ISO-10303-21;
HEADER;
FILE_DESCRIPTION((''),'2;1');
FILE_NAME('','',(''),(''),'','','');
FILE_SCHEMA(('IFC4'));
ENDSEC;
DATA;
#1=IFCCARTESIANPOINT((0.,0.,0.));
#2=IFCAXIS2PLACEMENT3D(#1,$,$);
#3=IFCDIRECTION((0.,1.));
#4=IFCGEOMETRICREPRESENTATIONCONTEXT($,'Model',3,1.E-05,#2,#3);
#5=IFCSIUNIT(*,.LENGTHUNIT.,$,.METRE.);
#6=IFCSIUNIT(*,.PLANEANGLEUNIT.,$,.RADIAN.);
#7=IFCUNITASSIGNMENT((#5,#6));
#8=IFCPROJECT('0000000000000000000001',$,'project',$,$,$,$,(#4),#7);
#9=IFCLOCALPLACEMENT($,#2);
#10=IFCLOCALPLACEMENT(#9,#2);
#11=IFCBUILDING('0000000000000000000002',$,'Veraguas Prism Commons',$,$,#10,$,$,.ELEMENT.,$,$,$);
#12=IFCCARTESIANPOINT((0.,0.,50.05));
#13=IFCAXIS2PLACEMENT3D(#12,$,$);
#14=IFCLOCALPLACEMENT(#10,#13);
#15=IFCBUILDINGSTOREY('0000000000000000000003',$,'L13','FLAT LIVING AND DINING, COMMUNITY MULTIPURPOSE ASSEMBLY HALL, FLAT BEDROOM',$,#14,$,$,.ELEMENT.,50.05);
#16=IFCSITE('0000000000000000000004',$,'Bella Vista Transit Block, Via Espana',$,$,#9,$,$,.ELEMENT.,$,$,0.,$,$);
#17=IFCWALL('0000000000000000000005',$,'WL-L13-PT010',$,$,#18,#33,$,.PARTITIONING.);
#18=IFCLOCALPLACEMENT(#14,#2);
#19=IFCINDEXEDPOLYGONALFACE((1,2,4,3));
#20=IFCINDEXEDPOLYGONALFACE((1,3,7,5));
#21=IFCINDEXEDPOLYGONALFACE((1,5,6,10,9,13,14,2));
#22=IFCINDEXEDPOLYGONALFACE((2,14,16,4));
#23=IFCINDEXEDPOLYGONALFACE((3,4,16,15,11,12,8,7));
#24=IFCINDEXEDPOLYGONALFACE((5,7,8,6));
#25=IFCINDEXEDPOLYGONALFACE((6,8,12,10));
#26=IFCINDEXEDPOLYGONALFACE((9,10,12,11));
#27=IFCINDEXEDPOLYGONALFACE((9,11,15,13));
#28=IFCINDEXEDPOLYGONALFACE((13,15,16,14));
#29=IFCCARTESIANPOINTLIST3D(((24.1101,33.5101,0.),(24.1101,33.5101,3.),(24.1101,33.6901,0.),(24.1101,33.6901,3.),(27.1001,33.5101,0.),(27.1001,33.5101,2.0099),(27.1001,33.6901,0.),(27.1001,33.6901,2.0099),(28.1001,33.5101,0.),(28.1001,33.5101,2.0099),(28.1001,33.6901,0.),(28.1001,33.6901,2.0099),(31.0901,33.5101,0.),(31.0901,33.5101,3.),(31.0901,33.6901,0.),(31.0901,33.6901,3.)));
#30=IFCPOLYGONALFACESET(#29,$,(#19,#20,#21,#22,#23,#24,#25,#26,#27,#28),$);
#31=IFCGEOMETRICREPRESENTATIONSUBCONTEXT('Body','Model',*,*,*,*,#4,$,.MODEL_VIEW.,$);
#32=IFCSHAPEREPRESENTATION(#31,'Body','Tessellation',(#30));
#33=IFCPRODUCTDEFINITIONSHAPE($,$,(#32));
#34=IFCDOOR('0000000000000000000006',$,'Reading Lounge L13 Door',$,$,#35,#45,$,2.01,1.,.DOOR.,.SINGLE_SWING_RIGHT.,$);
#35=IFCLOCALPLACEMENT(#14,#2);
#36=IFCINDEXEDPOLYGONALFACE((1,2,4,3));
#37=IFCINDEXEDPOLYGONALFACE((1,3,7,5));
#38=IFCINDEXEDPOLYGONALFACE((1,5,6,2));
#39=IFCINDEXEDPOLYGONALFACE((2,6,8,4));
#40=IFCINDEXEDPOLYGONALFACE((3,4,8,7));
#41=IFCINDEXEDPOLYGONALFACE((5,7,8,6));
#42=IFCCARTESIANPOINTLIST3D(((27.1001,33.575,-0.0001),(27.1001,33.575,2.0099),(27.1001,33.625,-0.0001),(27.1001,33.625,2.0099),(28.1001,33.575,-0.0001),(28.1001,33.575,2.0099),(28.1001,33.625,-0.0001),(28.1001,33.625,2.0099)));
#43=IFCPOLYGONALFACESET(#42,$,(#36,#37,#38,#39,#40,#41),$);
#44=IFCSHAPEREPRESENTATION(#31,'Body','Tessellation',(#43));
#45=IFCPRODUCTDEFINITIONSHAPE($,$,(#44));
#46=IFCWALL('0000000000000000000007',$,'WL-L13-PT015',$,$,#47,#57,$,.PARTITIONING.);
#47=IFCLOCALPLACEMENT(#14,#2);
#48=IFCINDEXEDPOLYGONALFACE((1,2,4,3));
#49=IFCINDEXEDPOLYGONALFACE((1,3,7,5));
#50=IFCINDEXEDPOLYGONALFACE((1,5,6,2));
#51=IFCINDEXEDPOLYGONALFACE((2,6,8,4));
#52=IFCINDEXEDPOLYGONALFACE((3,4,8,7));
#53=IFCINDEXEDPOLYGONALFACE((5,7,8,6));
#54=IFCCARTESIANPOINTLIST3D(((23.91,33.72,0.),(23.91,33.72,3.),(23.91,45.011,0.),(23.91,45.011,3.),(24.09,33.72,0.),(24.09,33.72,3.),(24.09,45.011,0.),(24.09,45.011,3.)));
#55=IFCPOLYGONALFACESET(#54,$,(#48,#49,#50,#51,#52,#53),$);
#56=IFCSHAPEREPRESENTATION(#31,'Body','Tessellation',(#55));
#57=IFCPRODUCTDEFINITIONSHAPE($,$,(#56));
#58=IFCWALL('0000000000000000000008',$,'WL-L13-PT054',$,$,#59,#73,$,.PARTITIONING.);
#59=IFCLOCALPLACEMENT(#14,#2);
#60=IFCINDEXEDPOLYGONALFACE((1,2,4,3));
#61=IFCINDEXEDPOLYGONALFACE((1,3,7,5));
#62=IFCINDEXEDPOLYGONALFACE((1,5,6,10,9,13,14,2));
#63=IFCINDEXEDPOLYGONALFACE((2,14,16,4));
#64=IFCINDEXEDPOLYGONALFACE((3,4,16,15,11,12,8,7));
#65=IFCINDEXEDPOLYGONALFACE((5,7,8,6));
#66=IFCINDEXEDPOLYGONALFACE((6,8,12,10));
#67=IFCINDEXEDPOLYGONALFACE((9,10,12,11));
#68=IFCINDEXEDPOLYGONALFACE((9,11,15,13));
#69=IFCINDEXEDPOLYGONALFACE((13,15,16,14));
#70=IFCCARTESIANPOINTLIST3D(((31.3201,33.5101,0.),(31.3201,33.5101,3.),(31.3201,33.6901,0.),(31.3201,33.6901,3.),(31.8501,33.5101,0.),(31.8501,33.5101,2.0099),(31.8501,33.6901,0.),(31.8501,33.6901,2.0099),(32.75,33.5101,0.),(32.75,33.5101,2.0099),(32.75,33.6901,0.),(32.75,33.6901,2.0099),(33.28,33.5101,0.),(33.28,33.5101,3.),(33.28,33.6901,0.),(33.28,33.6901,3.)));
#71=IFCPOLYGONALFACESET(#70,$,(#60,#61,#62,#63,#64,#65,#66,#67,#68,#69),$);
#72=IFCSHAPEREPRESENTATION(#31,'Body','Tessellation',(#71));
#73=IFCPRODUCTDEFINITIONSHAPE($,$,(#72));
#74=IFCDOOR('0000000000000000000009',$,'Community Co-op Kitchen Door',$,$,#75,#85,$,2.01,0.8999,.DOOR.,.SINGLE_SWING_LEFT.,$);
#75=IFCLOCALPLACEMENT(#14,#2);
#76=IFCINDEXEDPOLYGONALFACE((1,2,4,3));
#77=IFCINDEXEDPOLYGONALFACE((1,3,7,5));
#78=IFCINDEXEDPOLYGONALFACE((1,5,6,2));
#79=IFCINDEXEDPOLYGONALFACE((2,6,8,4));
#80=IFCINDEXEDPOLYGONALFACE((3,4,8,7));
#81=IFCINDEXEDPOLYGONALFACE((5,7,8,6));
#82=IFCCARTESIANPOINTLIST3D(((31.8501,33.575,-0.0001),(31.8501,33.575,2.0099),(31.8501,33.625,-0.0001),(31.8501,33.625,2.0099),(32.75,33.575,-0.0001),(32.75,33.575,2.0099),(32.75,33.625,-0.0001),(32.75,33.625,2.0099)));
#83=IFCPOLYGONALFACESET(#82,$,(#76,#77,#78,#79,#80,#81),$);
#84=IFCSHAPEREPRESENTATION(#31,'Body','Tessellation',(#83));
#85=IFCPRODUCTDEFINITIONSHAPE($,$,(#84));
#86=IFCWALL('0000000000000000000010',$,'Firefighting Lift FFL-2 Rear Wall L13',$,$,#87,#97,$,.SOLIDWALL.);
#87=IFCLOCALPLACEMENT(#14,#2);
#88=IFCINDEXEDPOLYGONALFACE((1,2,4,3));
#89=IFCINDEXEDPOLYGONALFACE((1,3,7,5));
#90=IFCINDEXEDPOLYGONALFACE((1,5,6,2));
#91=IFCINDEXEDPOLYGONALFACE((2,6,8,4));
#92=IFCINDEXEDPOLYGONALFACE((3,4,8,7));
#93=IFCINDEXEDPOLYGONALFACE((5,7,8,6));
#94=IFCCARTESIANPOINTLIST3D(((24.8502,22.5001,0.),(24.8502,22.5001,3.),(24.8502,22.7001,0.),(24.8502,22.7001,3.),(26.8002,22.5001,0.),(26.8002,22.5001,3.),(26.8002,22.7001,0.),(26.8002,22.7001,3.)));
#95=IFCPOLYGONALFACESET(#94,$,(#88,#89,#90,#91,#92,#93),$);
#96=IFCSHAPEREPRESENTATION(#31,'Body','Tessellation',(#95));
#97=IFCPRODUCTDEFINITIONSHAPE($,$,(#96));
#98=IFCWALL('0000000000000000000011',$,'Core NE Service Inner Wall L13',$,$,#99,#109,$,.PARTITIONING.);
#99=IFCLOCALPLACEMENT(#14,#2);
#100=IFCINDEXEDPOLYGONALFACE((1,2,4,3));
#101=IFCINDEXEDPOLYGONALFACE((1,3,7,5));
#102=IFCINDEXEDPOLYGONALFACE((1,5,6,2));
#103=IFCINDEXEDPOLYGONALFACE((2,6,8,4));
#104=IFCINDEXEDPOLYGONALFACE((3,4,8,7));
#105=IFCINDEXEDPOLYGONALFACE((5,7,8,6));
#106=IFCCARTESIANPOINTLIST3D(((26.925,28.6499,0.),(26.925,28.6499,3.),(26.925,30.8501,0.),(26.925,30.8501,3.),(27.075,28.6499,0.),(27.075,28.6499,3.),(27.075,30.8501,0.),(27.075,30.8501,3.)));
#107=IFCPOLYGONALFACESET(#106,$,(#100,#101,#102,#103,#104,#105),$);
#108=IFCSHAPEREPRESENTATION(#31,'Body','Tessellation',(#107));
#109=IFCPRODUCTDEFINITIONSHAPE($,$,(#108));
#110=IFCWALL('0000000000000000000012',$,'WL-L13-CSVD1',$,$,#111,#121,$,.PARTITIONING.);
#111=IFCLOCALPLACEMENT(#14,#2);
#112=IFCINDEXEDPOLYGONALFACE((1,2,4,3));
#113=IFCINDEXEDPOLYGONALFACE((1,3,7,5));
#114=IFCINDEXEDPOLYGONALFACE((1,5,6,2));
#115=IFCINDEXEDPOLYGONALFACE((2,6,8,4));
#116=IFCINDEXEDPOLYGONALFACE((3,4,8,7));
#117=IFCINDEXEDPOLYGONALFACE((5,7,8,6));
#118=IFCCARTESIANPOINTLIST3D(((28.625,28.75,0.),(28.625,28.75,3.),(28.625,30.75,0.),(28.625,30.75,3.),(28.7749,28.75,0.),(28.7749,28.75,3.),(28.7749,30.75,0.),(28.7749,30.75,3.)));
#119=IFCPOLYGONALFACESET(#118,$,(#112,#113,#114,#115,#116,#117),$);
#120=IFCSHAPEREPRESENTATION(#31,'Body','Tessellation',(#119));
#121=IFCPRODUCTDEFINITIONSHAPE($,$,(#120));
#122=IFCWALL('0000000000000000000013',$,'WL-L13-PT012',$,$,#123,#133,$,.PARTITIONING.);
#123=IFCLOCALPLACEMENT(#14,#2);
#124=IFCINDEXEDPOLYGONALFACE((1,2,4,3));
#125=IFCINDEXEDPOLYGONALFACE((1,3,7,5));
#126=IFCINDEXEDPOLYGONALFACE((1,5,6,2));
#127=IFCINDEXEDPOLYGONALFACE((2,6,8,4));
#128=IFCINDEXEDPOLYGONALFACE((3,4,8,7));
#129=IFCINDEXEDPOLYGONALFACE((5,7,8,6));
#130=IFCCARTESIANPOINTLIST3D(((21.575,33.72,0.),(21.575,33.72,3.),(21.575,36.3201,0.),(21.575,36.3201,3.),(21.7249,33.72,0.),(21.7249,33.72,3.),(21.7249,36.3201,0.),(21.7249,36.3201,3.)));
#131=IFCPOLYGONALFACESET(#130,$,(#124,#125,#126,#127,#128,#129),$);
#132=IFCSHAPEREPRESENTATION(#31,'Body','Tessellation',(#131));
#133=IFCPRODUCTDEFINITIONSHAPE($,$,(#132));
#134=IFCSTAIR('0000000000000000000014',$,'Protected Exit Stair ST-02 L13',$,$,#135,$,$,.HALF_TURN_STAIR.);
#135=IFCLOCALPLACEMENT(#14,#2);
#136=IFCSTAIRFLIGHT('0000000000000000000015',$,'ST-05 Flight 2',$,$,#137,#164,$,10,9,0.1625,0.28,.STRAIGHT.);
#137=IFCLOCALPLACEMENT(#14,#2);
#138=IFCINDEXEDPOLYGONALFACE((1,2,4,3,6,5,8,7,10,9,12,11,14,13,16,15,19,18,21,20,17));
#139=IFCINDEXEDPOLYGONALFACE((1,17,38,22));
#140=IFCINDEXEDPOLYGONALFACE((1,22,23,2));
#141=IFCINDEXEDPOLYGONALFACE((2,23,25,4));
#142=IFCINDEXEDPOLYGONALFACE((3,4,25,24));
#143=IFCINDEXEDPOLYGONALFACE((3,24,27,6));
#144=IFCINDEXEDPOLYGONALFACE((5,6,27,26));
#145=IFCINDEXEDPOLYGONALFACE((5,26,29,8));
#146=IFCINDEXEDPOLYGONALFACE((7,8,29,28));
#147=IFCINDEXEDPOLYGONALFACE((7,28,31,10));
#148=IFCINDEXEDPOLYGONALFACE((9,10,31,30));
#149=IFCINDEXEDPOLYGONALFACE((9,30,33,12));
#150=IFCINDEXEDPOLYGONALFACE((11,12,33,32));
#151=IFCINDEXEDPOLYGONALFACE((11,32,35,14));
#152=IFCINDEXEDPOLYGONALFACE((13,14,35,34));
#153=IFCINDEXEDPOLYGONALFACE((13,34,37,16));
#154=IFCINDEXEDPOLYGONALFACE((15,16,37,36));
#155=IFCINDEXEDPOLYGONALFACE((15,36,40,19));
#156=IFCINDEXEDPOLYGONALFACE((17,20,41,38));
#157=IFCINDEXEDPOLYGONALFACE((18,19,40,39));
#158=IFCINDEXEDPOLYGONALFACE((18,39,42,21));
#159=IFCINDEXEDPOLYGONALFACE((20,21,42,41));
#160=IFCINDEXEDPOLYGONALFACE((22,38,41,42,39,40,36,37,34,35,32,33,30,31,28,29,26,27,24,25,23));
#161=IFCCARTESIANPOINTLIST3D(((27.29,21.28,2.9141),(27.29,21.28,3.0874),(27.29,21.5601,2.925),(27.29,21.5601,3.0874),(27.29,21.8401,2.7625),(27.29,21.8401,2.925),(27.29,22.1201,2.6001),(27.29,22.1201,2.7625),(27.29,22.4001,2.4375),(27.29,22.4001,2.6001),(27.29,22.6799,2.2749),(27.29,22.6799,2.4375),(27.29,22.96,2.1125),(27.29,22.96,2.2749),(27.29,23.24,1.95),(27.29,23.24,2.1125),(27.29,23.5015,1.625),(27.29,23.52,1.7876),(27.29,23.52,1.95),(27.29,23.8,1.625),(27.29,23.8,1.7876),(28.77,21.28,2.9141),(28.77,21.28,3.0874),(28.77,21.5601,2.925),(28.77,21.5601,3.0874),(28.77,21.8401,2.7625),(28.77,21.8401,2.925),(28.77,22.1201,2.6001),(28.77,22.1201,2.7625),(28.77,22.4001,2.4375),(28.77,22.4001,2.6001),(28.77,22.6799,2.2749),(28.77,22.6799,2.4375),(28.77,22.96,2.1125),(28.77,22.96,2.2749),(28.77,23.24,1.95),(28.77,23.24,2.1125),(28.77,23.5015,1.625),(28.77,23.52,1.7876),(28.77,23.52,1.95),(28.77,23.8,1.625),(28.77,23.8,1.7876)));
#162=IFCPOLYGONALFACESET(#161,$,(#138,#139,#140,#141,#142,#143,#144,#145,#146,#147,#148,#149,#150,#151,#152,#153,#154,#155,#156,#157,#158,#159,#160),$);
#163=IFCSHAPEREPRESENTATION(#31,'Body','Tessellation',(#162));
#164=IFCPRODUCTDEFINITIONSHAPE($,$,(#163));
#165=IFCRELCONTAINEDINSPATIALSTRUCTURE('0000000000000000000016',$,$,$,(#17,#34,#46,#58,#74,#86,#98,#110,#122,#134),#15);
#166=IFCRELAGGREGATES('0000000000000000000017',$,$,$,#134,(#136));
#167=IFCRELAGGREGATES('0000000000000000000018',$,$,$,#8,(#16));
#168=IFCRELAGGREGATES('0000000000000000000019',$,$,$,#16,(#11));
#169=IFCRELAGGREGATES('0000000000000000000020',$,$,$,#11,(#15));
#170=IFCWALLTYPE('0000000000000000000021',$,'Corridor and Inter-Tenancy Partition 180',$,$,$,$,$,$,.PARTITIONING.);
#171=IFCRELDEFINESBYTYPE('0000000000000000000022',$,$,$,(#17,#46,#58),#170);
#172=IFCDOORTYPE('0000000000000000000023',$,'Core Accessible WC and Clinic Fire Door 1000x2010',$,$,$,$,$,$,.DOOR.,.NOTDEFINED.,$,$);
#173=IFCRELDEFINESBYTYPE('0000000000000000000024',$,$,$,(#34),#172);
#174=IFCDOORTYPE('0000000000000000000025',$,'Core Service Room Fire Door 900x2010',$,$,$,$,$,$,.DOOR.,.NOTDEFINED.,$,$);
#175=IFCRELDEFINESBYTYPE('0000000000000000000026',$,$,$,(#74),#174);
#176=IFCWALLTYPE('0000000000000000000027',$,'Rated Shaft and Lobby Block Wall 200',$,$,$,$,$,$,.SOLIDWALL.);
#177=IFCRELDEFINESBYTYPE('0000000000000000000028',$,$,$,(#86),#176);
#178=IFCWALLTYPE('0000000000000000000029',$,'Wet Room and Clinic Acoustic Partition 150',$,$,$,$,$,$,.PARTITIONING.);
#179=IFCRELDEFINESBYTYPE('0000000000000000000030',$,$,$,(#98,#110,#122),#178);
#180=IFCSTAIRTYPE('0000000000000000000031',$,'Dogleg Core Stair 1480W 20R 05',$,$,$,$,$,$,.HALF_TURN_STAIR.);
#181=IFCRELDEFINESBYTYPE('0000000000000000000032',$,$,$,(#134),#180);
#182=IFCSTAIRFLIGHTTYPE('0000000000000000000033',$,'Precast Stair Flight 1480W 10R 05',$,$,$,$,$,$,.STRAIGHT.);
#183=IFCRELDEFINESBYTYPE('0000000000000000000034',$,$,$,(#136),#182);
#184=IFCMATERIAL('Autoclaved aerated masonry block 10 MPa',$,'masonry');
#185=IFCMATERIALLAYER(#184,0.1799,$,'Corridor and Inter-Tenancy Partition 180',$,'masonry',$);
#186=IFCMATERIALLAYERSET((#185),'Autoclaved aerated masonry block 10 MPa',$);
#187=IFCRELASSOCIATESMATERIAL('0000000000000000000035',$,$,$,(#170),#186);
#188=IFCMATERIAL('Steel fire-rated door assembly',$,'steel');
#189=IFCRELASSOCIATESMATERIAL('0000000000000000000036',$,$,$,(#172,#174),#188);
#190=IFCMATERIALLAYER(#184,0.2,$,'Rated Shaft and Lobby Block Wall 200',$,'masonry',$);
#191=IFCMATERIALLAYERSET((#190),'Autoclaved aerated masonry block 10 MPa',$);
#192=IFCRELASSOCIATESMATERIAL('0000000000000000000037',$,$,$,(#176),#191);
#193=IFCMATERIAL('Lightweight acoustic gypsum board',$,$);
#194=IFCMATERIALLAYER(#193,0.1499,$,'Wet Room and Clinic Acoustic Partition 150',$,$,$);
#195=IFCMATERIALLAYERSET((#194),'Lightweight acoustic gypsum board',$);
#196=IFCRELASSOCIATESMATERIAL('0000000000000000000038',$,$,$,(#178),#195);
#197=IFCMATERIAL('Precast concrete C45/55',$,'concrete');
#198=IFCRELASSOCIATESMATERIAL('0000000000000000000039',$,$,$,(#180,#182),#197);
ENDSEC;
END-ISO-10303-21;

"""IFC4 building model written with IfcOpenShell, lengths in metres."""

from ifc_helpers import new_model, si_unit, direction, frame, frame_2d, origin, place, context, subcontext, project, spatial, polyline, rectangle, outline, extrude, source, transform, mapped, material, layer, layer_set, type_object, element, fill, aggregate, save


model = new_model("IFC4")

# Units and contexts
model_context = context("Model", 3, precision=1e-05, world=origin(), true_north=direction((0.0, 1.0)))
body_context = subcontext(model_context, "Body", "Model", "MODEL_VIEW")
ifc_project = project(units=[si_unit("LENGTHUNIT", "METRE"), si_unit("PLANEANGLEUNIT", "RADIAN")], contexts=[model_context])

# Site, building, storey
site_placement = place(None, origin())
site = spatial("IfcSite", under=ifc_project, at=site_placement, Name="Bella Vista Transit Block, Via Espana", CompositionType="ELEMENT", RefElevation=0.0)
building_placement = place(site_placement, origin())
building = spatial("IfcBuilding", under=site, at=building_placement, Name="Veraguas Prism Commons", CompositionType="ELEMENT")
storey_placement = place(building_placement, frame((0.0, 0.0, 50.05)))
storey = spatial("IfcBuildingStorey", under=building, at=storey_placement, Name="L13", Description="FLAT LIVING AND DINING, COMMUNITY MULTIPURPOSE ASSEMBLY HALL, FLAT BEDROOM", CompositionType="ELEMENT", Elevation=50.05)

# Shared definitions
ifc_material_1 = material(Name="Steel fire-rated door assembly", Category="steel")

# Shared definitions
ifc_material_2 = material(Name="Autoclaved aerated masonry block 10 MPa", Category="masonry")
ifc_layer_1 = layer(ifc_material_2, 0.1799, Name="Corridor and Inter-Tenancy Partition 180", Category="masonry")
ifc_layer_set_1 = layer_set([ifc_layer_1], Name="Autoclaved aerated masonry block 10 MPa")
wall_type_1 = type_object("IfcWallType", Name="Corridor and Inter-Tenancy Partition 180", PredefinedType="PARTITIONING", material=ifc_layer_set_1)

# Wall, opening, door
door_type_1 = type_object("IfcDoorType", Name="Core Accessible WC and Clinic Fire Door 1000x2010", OperationType="NOTDEFINED", PredefinedType="DOOR", material=ifc_material_1)
shared_shape_1 = source(origin(), body_context, "Body", "SweptSolid", [
    extrude(rectangle(XDim=1.0, YDim=2.01, at=frame_2d((0.5, 1.0049))), frame((0.0, 0.0249, 0.0), z_axis=(0.0, -1.0, 0.0), x_axis=(1.0, 0.0, 0.0)), (0.0, 0.0, 1.0), 0.05),
])
wall_1_placement = place(storey_placement, frame((24.1101, 33.6001, 0.0), z_axis=(0.0, 0.0, 1.0), x_axis=(1.0, 0.0, 0.0)))
wall_1 = element("IfcWall", 1, at=wall_1_placement, inside=storey, type_object=wall_type_1, Name="WL-L13-PT010", PredefinedType="PARTITIONING", context=body_context, shape_type="SweptSolid", body=[
    extrude(rectangle(XDim=6.98, YDim=0.1799, at=frame_2d((3.49, 0.0))), origin(), (0.0, 0.0, 1.0), 3.0),
])
opening_1_placement = place(wall_1_placement, frame((2.99, 0.0, 0.0)))
opening_1 = element("IfcOpeningElement", 2, at=opening_1_placement, cuts=wall_1, PredefinedType="OPENING", context=body_context, shape_type="SweptSolid", body=[
    extrude(rectangle(XDim=1.0, YDim=2.01, at=frame_2d((0.5, 1.0049))), frame((0.0, 0.0999, 0.0), z_axis=(0.0, -1.0, 0.0), x_axis=(1.0, 0.0, 0.0)), (0.0, 0.0, 1.0), 0.2),
])
door_1_placement = place(opening_1_placement, origin())
door_1 = element("IfcDoor", 3, at=door_1_placement, inside=storey, type_object=door_type_1, Name="Reading Lounge L13 Door", OperationType="SINGLE_SWING_RIGHT", OverallHeight=2.01, OverallWidth=1.0, PredefinedType="DOOR", context=body_context, shape_type="MappedRepresentation", body=[
    mapped(shared_shape_1, transform((0.0, 0.0, 0.0), scale=1.0)),
])
fill(opening_1, door_1)

# Wall
wall_2_placement = place(storey_placement, frame((24.0, 33.72, 0.0), z_axis=(0.0, 0.0, 1.0), x_axis=(0.0, 1.0, 0.0)))
element("IfcWall", 4, at=wall_2_placement, inside=storey, type_object=wall_type_1, Name="WL-L13-PT015", PredefinedType="PARTITIONING", context=body_context, shape_type="SweptSolid", body=[
    extrude(rectangle(XDim=11.291, YDim=0.1799, at=frame_2d((5.6455, 0.0))), origin(), (0.0, 0.0, 1.0), 3.0),
])

# Wall, opening, door
wall_3_placement = place(storey_placement, frame((31.3201, 33.6001, 0.0), z_axis=(0.0, 0.0, 1.0), x_axis=(1.0, 0.0, 0.0)))
wall_3 = element("IfcWall", 5, at=wall_3_placement, inside=storey, type_object=wall_type_1, Name="WL-L13-PT054", PredefinedType="PARTITIONING", context=body_context, shape_type="SweptSolid", body=[
    extrude(rectangle(XDim=1.96, YDim=0.1799, at=frame_2d((0.98, 0.0))), origin(), (0.0, 0.0, 1.0), 3.0),
])
opening_2_placement = place(wall_3_placement, frame((0.53, 0.0, 0.0)))
opening_2 = element("IfcOpeningElement", 6, at=opening_2_placement, cuts=wall_3, PredefinedType="OPENING", context=body_context, shape_type="SweptSolid", body=[
    extrude(rectangle(XDim=0.8999, YDim=2.01, at=frame_2d((0.45, 1.0049))), frame((0.0, 0.0999, 0.0), z_axis=(0.0, -1.0, 0.0), x_axis=(1.0, 0.0, 0.0)), (0.0, 0.0, 1.0), 0.2),
])
door_type_2 = type_object("IfcDoorType", Name="Core Service Room Fire Door 900x2010", OperationType="NOTDEFINED", PredefinedType="DOOR", material=ifc_material_1)
shared_shape_2 = source(origin(), body_context, "Body", "SweptSolid", [
    extrude(rectangle(XDim=0.8999, YDim=2.01, at=frame_2d((0.45, 1.0049))), frame((0.0, 0.0249, 0.0), z_axis=(0.0, -1.0, 0.0), x_axis=(1.0, 0.0, 0.0)), (0.0, 0.0, 1.0), 0.05),
])
door_2_placement = place(opening_2_placement, origin())
door_2 = element("IfcDoor", 7, at=door_2_placement, inside=storey, type_object=door_type_2, Name="Community Co-op Kitchen Door", OperationType="SINGLE_SWING_LEFT", OverallHeight=2.01, OverallWidth=0.8999, PredefinedType="DOOR", context=body_context, shape_type="MappedRepresentation", body=[
    mapped(shared_shape_2, transform((0.0, 0.0, 0.0), scale=1.0)),
])
fill(opening_2, door_2)

# Walls
ifc_layer_2 = layer(ifc_material_2, 0.2, Name="Rated Shaft and Lobby Block Wall 200", Category="masonry")
ifc_layer_set_2 = layer_set([ifc_layer_2], Name="Autoclaved aerated masonry block 10 MPa")
wall_type_2 = type_object("IfcWallType", Name="Rated Shaft and Lobby Block Wall 200", PredefinedType="SOLIDWALL", material=ifc_layer_set_2)
wall_4_placement = place(storey_placement, frame((24.8501, 22.6001, 0.0), z_axis=(0.0, 0.0, 1.0), x_axis=(1.0, 0.0, 0.0)))
element("IfcWall", 8, at=wall_4_placement, inside=storey, type_object=wall_type_2, Name="Firefighting Lift FFL-2 Rear Wall L13", PredefinedType="SOLIDWALL", context=body_context, shape_type="SweptSolid", body=[
    extrude(rectangle(XDim=1.95, YDim=0.2, at=frame_2d((0.9751, 0.0))), origin(), (0.0, 0.0, 1.0), 3.0),
])
ifc_material_3 = material(Name="Lightweight acoustic gypsum board")
ifc_layer_3 = layer(ifc_material_3, 0.1499, Name="Wet Room and Clinic Acoustic Partition 150")
ifc_layer_set_3 = layer_set([ifc_layer_3], Name="Lightweight acoustic gypsum board")
wall_type_3 = type_object("IfcWallType", Name="Wet Room and Clinic Acoustic Partition 150", PredefinedType="PARTITIONING", material=ifc_layer_set_3)
wall_5_placement = place(storey_placement, frame((27.0, 28.6499, 0.0), z_axis=(0.0, 0.0, 1.0), x_axis=(0.0, 1.0, 0.0)))
element("IfcWall", 9, at=wall_5_placement, inside=storey, type_object=wall_type_3, Name="Core NE Service Inner Wall L13", PredefinedType="PARTITIONING", context=body_context, shape_type="SweptSolid", body=[
    extrude(rectangle(XDim=2.2002, YDim=0.1499, at=frame_2d((1.1001, 0.0))), origin(), (0.0, 0.0, 1.0), 3.0),
])
wall_6_placement = place(storey_placement, frame((28.7, 28.75, 0.0), z_axis=(0.0, 0.0, 1.0), x_axis=(0.0, 1.0, 0.0)))
element("IfcWall", 10, at=wall_6_placement, inside=storey, type_object=wall_type_3, Name="WL-L13-CSVD1", PredefinedType="PARTITIONING", context=body_context, shape_type="SweptSolid", body=[
    extrude(rectangle(XDim=2.0, YDim=0.1499, at=frame_2d((1.0, 0.0))), origin(), (0.0, 0.0, 1.0), 3.0),
])
wall_7_placement = place(storey_placement, frame((21.6499, 33.72, 0.0), z_axis=(0.0, 0.0, 1.0), x_axis=(0.0, 1.0, 0.0)))
element("IfcWall", 11, at=wall_7_placement, inside=storey, type_object=wall_type_3, Name="WL-L13-PT012", PredefinedType="PARTITIONING", context=body_context, shape_type="SweptSolid", body=[
    extrude(rectangle(XDim=2.6001, YDim=0.1499, at=frame_2d((1.3, 0.0))), origin(), (0.0, 0.0, 1.0), 3.0),
])

# Stair, stair flight
ifc_material_4 = material(Name="Precast concrete C45/55", Category="concrete")
stair_type = type_object("IfcStairType", Name="Dogleg Core Stair 1480W 20R 05", PredefinedType="HALF_TURN_STAIR", material=ifc_material_4)
stair_placement = place(storey_placement, origin())
stair = element("IfcStair", 12, at=stair_placement, inside=storey, type_object=stair_type, Name="Protected Exit Stair ST-02 L13", PredefinedType="HALF_TURN_STAIR")
stair_flight_type = type_object("IfcStairFlightType", Name="Precast Stair Flight 1480W 10R 05", PredefinedType="STRAIGHT", material=ifc_material_4)
stair_flight_placement = place(storey_placement, frame((28.03, 23.8, 1.625), z_axis=(0.0, 0.0, 1.0), x_axis=(0.0, -1.0, 0.0)))
stair_flight = element("IfcStairFlight", 13, at=stair_flight_placement, type_object=stair_flight_type, Name="ST-05 Flight 2", NumberOfRisers=10, NumberOfTreads=9, PredefinedType="STRAIGHT", RiserHeight=0.1625, TreadLength=0.28, context=body_context, shape_type="SweptSolid", body=[
    extrude(outline(polyline([(0.0, 0.0), (0.0, 0.1626), (0.28, 0.1626), (0.28, 0.325), (0.5601, 0.325), (0.5601, 0.4875), (0.8401, 0.4875), (0.8401, 0.6499), (1.1201, 0.6499), (1.1201, 0.8125), (1.3999, 0.8125), (1.3999, 0.9751), (1.6799, 0.9751), (1.6799, 1.1375), (1.96, 1.1375), (1.96, 1.3), (2.24, 1.3), (2.24, 1.4624), (2.52, 1.4624), (2.52, 1.625), (2.52, 1.2891), (0.2986, 0.0), (0.0, 0.0)])), frame((0.0, 0.74, 0.0), z_axis=(0.0, -1.0, 0.0), x_axis=(1.0, 0.0, 0.0)), (0.0, 0.0, 1.0), 1.48),
])
aggregate(stair, [stair_flight])

save(model, "model.ifc")
